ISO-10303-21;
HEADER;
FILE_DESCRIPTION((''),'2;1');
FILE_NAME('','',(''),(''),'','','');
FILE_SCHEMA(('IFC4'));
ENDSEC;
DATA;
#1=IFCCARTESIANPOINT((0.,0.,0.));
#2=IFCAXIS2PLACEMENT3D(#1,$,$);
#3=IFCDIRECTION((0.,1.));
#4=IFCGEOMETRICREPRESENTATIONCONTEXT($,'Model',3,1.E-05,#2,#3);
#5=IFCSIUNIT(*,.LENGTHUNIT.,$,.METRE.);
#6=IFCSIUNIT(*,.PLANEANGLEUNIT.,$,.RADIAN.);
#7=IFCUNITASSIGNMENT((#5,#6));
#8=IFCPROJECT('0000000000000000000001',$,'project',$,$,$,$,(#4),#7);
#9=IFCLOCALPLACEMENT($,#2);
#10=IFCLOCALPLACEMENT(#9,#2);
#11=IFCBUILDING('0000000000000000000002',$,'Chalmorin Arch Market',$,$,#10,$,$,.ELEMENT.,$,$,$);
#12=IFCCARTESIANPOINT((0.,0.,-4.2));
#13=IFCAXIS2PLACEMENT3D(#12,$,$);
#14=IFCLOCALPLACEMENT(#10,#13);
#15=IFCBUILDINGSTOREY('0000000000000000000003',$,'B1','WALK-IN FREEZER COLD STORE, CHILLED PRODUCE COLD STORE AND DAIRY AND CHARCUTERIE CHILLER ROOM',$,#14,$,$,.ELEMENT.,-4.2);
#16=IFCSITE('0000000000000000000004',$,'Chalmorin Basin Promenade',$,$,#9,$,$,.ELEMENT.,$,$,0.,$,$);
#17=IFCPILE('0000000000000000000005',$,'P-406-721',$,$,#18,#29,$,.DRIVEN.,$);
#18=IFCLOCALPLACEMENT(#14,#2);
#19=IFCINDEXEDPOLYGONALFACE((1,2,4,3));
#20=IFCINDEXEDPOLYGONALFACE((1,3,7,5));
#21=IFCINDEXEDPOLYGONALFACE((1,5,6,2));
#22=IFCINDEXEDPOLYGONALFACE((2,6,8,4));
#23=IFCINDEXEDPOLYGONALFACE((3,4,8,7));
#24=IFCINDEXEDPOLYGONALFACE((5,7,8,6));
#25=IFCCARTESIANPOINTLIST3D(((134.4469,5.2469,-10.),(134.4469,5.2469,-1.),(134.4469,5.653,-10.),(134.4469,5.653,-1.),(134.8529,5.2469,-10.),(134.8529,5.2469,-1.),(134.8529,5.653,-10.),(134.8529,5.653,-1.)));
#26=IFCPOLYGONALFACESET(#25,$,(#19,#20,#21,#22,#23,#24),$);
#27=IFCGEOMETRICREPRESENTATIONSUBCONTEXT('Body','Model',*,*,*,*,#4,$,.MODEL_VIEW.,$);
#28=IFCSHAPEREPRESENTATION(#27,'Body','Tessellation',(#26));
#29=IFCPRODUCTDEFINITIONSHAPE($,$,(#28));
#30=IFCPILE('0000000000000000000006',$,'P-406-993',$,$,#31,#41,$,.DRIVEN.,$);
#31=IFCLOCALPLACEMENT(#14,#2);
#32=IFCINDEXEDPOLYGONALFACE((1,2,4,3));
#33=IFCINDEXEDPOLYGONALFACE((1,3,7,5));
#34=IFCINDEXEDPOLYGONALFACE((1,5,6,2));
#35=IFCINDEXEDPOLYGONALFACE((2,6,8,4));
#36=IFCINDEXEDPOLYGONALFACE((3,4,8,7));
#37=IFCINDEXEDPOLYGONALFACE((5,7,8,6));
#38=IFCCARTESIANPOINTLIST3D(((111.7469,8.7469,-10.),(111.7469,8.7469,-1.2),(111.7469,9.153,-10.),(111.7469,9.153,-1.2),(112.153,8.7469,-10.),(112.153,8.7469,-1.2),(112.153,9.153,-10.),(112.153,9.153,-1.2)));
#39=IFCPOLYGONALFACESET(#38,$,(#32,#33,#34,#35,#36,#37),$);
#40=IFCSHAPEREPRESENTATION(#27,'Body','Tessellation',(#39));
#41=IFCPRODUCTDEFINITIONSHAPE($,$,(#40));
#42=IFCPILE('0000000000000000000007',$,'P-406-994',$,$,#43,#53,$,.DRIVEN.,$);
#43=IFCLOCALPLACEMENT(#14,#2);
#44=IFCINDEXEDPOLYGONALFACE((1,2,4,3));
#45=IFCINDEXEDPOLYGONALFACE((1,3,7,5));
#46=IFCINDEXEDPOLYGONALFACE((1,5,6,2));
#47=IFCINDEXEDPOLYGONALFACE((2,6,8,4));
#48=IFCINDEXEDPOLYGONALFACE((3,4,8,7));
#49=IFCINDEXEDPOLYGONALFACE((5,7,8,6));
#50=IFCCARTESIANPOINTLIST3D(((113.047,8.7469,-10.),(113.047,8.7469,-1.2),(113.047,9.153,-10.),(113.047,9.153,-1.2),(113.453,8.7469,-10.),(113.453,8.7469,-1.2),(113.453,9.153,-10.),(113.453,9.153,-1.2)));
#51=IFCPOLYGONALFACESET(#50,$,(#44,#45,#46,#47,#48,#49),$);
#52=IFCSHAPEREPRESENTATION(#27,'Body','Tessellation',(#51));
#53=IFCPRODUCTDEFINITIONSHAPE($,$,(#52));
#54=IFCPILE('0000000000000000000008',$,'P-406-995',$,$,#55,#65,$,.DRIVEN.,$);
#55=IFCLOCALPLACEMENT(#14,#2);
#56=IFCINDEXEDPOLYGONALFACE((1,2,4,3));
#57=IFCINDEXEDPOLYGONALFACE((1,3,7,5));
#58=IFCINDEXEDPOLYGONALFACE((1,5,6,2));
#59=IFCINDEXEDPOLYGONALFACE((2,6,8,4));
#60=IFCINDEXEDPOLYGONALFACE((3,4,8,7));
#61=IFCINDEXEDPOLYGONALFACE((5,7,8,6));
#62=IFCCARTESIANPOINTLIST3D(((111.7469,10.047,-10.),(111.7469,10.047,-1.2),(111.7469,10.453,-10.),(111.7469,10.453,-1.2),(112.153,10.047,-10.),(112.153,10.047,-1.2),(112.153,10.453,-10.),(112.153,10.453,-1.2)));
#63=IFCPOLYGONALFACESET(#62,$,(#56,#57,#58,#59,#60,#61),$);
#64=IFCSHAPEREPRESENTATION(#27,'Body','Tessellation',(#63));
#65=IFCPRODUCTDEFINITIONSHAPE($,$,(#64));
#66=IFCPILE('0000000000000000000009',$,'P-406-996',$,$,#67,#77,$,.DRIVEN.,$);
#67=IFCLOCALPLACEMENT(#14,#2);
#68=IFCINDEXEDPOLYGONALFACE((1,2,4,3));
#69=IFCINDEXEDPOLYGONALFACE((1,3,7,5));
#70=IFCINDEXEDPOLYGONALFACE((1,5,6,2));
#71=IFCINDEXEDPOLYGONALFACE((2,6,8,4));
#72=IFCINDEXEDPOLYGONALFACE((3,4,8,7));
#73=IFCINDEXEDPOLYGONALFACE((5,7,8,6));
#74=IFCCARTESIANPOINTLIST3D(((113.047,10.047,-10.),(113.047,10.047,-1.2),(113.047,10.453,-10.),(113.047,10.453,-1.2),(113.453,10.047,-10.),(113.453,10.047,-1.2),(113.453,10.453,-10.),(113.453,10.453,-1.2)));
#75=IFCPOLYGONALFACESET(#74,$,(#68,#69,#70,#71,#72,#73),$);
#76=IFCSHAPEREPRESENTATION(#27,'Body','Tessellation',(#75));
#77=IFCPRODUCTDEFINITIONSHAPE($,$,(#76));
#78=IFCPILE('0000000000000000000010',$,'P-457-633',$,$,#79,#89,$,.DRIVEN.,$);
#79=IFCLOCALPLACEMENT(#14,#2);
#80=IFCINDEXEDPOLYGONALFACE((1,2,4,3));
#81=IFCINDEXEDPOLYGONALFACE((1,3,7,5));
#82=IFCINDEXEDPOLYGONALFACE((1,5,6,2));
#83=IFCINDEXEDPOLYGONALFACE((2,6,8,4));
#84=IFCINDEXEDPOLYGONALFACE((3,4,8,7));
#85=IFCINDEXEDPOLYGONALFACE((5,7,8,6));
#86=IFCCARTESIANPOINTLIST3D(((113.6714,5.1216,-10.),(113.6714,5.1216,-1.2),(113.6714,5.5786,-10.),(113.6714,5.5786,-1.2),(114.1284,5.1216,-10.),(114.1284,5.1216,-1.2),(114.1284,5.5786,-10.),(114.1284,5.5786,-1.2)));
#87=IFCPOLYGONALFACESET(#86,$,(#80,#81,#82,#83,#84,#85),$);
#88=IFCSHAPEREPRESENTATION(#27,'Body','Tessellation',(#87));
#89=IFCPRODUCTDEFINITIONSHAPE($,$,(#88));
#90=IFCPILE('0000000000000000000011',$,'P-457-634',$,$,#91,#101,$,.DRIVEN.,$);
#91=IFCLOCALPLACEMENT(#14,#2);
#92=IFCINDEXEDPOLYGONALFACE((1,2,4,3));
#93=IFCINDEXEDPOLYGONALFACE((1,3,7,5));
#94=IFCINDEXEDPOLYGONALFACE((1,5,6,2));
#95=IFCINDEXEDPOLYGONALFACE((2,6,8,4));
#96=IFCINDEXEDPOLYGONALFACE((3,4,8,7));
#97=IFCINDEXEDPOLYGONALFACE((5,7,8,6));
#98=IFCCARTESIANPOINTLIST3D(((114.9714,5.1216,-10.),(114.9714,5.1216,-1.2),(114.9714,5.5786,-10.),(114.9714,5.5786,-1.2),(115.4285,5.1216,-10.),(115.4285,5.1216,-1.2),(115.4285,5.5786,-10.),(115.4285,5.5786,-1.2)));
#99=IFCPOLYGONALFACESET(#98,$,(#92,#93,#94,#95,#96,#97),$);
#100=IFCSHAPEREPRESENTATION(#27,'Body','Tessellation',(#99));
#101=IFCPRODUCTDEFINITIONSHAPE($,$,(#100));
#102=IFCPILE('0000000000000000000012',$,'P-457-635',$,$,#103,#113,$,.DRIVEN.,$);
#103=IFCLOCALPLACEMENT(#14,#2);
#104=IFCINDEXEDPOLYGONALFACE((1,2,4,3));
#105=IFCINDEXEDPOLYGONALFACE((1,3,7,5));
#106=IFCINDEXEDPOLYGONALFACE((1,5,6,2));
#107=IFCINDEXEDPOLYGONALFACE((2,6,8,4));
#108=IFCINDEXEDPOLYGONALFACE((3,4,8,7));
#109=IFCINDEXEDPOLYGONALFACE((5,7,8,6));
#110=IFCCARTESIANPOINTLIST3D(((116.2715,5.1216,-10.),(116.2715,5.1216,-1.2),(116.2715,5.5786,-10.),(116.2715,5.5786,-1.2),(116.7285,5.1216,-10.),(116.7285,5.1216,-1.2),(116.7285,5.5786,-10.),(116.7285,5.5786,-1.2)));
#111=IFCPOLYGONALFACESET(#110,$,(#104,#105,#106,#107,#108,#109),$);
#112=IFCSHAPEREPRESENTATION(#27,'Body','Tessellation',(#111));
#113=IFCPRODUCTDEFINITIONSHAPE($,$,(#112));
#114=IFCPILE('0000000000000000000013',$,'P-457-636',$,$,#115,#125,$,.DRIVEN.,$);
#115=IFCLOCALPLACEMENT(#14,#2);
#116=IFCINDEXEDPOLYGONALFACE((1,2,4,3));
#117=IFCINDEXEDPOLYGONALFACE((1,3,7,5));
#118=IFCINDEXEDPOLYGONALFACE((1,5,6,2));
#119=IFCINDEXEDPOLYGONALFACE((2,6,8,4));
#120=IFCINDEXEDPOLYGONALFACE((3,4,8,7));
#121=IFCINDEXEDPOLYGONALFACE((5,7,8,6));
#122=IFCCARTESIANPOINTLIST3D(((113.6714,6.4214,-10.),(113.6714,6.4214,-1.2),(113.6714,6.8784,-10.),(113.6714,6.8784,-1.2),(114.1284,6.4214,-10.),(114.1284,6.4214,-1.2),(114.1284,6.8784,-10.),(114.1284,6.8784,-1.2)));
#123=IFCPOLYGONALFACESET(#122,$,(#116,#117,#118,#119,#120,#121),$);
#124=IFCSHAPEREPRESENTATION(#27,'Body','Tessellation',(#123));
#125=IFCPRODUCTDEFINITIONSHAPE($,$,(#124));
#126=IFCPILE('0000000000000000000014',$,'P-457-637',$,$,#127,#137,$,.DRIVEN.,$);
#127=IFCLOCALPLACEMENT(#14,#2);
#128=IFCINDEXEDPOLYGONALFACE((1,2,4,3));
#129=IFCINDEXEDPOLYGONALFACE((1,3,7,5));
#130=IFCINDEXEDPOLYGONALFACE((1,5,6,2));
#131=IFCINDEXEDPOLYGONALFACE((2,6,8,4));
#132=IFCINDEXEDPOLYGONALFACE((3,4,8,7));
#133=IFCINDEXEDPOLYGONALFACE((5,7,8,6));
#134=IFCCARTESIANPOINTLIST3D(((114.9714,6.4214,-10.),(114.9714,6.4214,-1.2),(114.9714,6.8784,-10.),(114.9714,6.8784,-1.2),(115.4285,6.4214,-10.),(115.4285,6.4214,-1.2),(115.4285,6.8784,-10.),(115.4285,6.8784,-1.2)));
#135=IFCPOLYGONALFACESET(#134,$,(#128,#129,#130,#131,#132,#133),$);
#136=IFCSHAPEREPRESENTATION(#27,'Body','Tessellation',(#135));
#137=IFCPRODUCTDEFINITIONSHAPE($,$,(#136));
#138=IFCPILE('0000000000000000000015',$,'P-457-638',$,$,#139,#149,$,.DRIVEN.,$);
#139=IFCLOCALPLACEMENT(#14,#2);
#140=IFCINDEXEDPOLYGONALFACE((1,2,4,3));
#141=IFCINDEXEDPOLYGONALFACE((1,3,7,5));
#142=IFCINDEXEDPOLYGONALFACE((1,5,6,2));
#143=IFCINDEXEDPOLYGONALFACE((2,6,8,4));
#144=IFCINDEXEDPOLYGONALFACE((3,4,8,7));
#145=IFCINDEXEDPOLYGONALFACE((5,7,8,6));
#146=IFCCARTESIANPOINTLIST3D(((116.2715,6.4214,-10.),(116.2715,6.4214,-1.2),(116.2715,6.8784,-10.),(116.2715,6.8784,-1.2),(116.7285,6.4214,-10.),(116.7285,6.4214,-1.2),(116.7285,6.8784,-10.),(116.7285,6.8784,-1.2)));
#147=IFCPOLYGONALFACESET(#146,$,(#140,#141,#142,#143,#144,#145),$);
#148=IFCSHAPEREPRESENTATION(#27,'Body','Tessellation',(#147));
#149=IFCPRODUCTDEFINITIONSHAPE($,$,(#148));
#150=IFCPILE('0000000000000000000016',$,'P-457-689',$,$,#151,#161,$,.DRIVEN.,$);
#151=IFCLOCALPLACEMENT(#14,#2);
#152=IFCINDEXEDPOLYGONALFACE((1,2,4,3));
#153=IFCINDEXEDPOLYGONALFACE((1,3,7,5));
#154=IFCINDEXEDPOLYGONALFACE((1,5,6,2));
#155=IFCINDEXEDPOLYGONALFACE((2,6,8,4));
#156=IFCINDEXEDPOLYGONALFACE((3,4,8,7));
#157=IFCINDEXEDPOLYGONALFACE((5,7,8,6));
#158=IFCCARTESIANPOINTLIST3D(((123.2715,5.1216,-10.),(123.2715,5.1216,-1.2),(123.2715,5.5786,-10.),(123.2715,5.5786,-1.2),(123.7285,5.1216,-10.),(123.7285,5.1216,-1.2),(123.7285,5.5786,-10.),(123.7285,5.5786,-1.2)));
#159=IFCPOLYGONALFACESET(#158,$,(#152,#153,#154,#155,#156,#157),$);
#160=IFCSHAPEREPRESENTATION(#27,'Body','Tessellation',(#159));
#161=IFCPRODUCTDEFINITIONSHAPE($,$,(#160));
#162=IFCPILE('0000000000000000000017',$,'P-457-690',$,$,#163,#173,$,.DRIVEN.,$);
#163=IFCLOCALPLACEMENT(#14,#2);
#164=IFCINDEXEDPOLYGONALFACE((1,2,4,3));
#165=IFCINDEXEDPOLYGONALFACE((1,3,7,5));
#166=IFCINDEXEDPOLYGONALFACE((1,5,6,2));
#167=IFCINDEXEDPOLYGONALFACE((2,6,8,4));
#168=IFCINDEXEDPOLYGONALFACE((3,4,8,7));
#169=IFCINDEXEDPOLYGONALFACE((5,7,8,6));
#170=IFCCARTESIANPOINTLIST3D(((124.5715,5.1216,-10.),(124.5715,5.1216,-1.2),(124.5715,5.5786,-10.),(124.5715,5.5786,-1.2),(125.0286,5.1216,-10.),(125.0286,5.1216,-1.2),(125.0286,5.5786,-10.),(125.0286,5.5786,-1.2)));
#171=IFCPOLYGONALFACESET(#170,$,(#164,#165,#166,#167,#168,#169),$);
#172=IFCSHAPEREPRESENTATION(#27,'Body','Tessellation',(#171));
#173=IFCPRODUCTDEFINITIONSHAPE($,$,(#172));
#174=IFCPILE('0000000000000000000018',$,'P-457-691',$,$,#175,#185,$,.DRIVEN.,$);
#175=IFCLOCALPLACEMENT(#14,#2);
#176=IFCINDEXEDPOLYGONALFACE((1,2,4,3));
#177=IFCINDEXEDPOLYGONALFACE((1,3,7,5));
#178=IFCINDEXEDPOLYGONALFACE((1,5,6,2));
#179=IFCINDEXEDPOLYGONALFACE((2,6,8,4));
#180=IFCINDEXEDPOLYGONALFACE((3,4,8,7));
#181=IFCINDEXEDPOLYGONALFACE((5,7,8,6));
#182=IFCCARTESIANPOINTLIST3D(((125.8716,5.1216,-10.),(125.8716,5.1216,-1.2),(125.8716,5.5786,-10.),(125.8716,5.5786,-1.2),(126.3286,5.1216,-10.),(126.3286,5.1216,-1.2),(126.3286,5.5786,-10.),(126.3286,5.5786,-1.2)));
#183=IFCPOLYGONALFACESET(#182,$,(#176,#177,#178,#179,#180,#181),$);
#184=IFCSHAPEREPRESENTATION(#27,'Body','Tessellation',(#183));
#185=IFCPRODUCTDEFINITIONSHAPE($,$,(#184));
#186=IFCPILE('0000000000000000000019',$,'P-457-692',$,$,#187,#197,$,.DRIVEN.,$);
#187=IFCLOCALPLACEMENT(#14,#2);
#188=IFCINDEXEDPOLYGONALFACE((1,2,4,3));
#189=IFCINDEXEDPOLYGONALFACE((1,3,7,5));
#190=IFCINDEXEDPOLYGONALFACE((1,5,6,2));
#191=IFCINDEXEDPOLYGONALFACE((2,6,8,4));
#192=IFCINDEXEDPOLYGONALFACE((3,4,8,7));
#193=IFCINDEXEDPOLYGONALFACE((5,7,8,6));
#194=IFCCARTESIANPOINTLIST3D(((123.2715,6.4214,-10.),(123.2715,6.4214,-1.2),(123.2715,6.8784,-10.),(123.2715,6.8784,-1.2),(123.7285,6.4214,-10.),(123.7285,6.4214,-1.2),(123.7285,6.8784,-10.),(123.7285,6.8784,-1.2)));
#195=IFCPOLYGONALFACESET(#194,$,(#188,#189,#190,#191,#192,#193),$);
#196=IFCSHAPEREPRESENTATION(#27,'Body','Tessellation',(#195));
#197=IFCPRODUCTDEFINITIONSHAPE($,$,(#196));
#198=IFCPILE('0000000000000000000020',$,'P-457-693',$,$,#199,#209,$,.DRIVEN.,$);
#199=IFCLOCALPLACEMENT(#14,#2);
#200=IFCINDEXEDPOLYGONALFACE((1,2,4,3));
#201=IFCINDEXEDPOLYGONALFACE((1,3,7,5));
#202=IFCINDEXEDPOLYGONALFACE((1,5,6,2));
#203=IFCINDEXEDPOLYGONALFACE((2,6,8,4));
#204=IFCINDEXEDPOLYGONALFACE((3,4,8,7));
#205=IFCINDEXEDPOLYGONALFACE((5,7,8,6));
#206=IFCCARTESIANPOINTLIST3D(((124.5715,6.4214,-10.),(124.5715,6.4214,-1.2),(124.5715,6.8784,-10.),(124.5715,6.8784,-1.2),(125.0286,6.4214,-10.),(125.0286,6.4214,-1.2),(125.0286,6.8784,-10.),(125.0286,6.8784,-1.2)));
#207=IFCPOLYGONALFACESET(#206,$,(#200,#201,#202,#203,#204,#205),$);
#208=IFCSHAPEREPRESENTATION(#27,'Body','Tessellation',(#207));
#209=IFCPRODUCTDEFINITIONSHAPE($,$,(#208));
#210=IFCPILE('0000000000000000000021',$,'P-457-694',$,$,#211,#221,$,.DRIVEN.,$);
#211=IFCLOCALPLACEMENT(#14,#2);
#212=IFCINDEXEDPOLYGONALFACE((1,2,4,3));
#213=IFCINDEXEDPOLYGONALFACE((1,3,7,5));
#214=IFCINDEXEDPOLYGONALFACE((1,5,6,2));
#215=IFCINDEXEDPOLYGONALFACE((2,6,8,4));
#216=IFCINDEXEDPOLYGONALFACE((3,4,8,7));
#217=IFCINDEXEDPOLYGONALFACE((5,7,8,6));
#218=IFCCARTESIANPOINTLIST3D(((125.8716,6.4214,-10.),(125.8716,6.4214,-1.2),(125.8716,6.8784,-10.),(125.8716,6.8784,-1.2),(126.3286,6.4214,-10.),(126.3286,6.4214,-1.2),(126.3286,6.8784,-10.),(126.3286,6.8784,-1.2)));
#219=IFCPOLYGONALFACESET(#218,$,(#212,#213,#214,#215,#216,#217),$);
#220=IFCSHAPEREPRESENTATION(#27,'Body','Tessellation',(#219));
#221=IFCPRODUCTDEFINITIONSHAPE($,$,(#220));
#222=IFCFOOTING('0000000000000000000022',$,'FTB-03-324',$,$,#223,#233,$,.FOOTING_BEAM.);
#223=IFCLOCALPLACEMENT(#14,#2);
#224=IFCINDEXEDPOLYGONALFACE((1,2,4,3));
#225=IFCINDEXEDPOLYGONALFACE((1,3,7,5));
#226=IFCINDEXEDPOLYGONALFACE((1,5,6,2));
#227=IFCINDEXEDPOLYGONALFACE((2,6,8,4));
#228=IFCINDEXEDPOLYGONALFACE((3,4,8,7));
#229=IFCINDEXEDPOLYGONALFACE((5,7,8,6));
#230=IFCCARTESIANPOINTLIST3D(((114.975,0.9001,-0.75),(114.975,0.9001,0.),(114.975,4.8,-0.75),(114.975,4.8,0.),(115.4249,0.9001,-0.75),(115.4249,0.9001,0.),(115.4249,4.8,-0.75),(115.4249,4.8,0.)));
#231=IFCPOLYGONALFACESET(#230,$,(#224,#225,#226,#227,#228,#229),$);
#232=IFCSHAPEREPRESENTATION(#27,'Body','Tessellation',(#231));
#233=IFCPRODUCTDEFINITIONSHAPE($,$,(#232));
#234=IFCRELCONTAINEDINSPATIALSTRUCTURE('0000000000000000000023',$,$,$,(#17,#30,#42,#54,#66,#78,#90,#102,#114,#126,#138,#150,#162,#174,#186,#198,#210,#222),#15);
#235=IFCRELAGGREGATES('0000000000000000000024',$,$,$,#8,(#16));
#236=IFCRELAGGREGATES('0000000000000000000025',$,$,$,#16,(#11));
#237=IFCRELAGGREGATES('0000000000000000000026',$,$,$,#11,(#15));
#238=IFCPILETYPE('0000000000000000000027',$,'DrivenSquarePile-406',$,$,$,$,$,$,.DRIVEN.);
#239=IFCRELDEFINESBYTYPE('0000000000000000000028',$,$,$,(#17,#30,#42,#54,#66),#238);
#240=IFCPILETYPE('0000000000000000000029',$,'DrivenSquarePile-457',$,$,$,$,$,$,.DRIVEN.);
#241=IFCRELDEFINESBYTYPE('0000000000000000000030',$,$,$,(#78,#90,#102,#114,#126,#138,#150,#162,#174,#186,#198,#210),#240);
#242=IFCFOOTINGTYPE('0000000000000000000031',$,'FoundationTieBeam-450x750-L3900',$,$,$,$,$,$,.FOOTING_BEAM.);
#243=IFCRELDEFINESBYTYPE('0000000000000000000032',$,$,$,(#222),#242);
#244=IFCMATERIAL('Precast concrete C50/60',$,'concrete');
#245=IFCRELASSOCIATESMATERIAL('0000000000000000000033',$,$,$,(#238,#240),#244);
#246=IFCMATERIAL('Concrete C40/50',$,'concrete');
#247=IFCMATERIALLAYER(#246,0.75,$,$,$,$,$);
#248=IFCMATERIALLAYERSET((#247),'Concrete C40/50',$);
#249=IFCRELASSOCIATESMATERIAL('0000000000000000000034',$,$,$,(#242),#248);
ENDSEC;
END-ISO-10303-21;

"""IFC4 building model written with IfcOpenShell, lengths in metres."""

from ifc_helpers import new_model, si_unit, direction, frame, origin, origin_2d, place, context, subcontext, project, spatial, rectangle, extrude, material, layer, layer_set, material_profile, profile_set, type_object, element, save


model = new_model("IFC4")

# Units and contexts
model_context = context("Model", 3, precision=1e-05, world=origin(), true_north=direction((0.0, 1.0)))
body_context = subcontext(model_context, "Body", "Model", "MODEL_VIEW")
ifc_project = project(units=[si_unit("LENGTHUNIT", "METRE"), si_unit("PLANEANGLEUNIT", "RADIAN")], contexts=[model_context])

# Site, building, storey
site_placement = place(None, origin())
site = spatial("IfcSite", under=ifc_project, at=site_placement, Name="Chalmorin Basin Promenade", CompositionType="ELEMENT", RefElevation=0.0)
building_placement = place(site_placement, origin())
building = spatial("IfcBuilding", under=site, at=building_placement, Name="Chalmorin Arch Market", CompositionType="ELEMENT")
storey_placement = place(building_placement, frame((0.0, 0.0, -4.2)))
storey = spatial("IfcBuildingStorey", under=building, at=storey_placement, Name="B1", Description="WALK-IN FREEZER COLD STORE, CHILLED PRODUCE COLD STORE AND DAIRY AND CHARCUTERIE CHILLER ROOM", CompositionType="ELEMENT", Elevation=-4.2)

# Piles
ifc_material_1 = material(Name="Precast concrete C50/60", Category="concrete")
ifc_material_profile_1 = material_profile(ifc_material_1, rectangle(XDim=0.406, YDim=0.406, at=origin_2d()), Name="PPC406")
ifc_profile_set_1 = profile_set([ifc_material_profile_1], Name="Precast concrete C50/60")
pile_type_1 = type_object("IfcPileType", Name="DrivenSquarePile-406", PredefinedType="DRIVEN", material=ifc_profile_set_1)
pile_placement = place(storey_placement, frame((134.6499, 5.45, -1.0), z_axis=(0.0, 0.0, -1.0), x_axis=(1.0, 0.0, 0.0)))
element("IfcPile", 1, at=pile_placement, inside=storey, type_object=pile_type_1, Name="P-406-721", PredefinedType="DRIVEN", context=body_context, shape_type="SweptSolid", body=[
    extrude(rectangle(XDim=0.406, YDim=0.406, at=origin_2d()), origin(), (0.0, 0.0, 1.0), 9.0),
])
for number, where, z_axis, x_axis, name in (
    (2, (111.95, 8.95, -1.2), (0.0, 0.0, -1.0), (1.0, 0.0, 0.0), "P-406-993"),
    (3, (113.25, 8.95, -1.2), (0.0, 0.0, -1.0), (1.0, 0.0, 0.0), "P-406-994"),
    (4, (111.95, 10.25, -1.2), (0.0, 0.0, -1.0), (1.0, 0.0, 0.0), "P-406-995"),
    (5, (113.25, 10.25, -1.2), (0.0, 0.0, -1.0), (1.0, 0.0, 0.0), "P-406-996"),
):
    element("IfcPile", number, at=place(storey_placement, frame(where, z_axis=z_axis, x_axis=x_axis)), inside=storey, type_object=pile_type_1, Name=name, PredefinedType="DRIVEN", context=body_context, shape_type="SweptSolid", body=[
        extrude(rectangle(XDim=0.406, YDim=0.406, at=origin_2d()), origin(), (0.0, 0.0, 1.0), 8.8),
    ])
ifc_material_profile_2 = material_profile(ifc_material_1, rectangle(XDim=0.457, YDim=0.457, at=origin_2d()), Name="PPC457")
ifc_profile_set_2 = profile_set([ifc_material_profile_2], Name="Precast concrete C50/60")
pile_type_2 = type_object("IfcPileType", Name="DrivenSquarePile-457", PredefinedType="DRIVEN", material=ifc_profile_set_2)
for number, where, z_axis, x_axis, name in (
    (6, (113.8999, 5.3501, -1.2), (0.0, 0.0, -1.0), (1.0, 0.0, 0.0), "P-457-633"),
    (7, (115.2, 5.3501, -1.2), (0.0, 0.0, -1.0), (1.0, 0.0, 0.0), "P-457-634"),
    (8, (116.5, 5.3501, -1.2), (0.0, 0.0, -1.0), (1.0, 0.0, 0.0), "P-457-635"),
    (9, (113.8999, 6.6499, -1.2), (0.0, 0.0, -1.0), (1.0, 0.0, 0.0), "P-457-636"),
    (10, (115.2, 6.6499, -1.2), (0.0, 0.0, -1.0), (1.0, 0.0, 0.0), "P-457-637"),
    (11, (116.5, 6.6499, -1.2), (0.0, 0.0, -1.0), (1.0, 0.0, 0.0), "P-457-638"),
    (12, (123.5, 5.3501, -1.2), (0.0, 0.0, -1.0), (1.0, 0.0, 0.0), "P-457-689"),
    (13, (124.8, 5.3501, -1.2), (0.0, 0.0, -1.0), (1.0, 0.0, 0.0), "P-457-690"),
    (14, (126.1001, 5.3501, -1.2), (0.0, 0.0, -1.0), (1.0, 0.0, 0.0), "P-457-691"),
    (15, (123.5, 6.6499, -1.2), (0.0, 0.0, -1.0), (1.0, 0.0, 0.0), "P-457-692"),
    (16, (124.8, 6.6499, -1.2), (0.0, 0.0, -1.0), (1.0, 0.0, 0.0), "P-457-693"),
    (17, (126.1001, 6.6499, -1.2), (0.0, 0.0, -1.0), (1.0, 0.0, 0.0), "P-457-694"),
):
    element("IfcPile", number, at=place(storey_placement, frame(where, z_axis=z_axis, x_axis=x_axis)), inside=storey, type_object=pile_type_2, Name=name, PredefinedType="DRIVEN", context=body_context, shape_type="SweptSolid", body=[
        extrude(rectangle(XDim=0.457, YDim=0.457, at=origin_2d()), origin(), (0.0, 0.0, 1.0), 8.8),
    ])

# Footing
ifc_material_2 = material(Name="Concrete C40/50", Category="concrete")
ifc_layer_1 = layer(ifc_material_2, 0.75)
ifc_layer_set_1 = layer_set([ifc_layer_1], Name="Concrete C40/50")
footing_type_1 = type_object("IfcFootingType", Name="FoundationTieBeam-450x750-L3900", PredefinedType="FOOTING_BEAM", material=ifc_layer_set_1)
footing_1_placement = place(storey_placement, frame((115.2, 2.8501, -0.75), z_axis=(0.0, 0.0, 1.0), x_axis=(0.0, 1.0, 0.0)))
element("IfcFooting", 18, at=footing_1_placement, inside=storey, type_object=footing_type_1, Name="FTB-03-324", PredefinedType="FOOTING_BEAM", context=body_context, shape_type="SweptSolid", body=[
    extrude(rectangle(XDim=3.8999, YDim=0.45, at=origin_2d()), origin(), (0.0, 0.0, 1.0), 0.75),
])

save(model, "model.ifc")
